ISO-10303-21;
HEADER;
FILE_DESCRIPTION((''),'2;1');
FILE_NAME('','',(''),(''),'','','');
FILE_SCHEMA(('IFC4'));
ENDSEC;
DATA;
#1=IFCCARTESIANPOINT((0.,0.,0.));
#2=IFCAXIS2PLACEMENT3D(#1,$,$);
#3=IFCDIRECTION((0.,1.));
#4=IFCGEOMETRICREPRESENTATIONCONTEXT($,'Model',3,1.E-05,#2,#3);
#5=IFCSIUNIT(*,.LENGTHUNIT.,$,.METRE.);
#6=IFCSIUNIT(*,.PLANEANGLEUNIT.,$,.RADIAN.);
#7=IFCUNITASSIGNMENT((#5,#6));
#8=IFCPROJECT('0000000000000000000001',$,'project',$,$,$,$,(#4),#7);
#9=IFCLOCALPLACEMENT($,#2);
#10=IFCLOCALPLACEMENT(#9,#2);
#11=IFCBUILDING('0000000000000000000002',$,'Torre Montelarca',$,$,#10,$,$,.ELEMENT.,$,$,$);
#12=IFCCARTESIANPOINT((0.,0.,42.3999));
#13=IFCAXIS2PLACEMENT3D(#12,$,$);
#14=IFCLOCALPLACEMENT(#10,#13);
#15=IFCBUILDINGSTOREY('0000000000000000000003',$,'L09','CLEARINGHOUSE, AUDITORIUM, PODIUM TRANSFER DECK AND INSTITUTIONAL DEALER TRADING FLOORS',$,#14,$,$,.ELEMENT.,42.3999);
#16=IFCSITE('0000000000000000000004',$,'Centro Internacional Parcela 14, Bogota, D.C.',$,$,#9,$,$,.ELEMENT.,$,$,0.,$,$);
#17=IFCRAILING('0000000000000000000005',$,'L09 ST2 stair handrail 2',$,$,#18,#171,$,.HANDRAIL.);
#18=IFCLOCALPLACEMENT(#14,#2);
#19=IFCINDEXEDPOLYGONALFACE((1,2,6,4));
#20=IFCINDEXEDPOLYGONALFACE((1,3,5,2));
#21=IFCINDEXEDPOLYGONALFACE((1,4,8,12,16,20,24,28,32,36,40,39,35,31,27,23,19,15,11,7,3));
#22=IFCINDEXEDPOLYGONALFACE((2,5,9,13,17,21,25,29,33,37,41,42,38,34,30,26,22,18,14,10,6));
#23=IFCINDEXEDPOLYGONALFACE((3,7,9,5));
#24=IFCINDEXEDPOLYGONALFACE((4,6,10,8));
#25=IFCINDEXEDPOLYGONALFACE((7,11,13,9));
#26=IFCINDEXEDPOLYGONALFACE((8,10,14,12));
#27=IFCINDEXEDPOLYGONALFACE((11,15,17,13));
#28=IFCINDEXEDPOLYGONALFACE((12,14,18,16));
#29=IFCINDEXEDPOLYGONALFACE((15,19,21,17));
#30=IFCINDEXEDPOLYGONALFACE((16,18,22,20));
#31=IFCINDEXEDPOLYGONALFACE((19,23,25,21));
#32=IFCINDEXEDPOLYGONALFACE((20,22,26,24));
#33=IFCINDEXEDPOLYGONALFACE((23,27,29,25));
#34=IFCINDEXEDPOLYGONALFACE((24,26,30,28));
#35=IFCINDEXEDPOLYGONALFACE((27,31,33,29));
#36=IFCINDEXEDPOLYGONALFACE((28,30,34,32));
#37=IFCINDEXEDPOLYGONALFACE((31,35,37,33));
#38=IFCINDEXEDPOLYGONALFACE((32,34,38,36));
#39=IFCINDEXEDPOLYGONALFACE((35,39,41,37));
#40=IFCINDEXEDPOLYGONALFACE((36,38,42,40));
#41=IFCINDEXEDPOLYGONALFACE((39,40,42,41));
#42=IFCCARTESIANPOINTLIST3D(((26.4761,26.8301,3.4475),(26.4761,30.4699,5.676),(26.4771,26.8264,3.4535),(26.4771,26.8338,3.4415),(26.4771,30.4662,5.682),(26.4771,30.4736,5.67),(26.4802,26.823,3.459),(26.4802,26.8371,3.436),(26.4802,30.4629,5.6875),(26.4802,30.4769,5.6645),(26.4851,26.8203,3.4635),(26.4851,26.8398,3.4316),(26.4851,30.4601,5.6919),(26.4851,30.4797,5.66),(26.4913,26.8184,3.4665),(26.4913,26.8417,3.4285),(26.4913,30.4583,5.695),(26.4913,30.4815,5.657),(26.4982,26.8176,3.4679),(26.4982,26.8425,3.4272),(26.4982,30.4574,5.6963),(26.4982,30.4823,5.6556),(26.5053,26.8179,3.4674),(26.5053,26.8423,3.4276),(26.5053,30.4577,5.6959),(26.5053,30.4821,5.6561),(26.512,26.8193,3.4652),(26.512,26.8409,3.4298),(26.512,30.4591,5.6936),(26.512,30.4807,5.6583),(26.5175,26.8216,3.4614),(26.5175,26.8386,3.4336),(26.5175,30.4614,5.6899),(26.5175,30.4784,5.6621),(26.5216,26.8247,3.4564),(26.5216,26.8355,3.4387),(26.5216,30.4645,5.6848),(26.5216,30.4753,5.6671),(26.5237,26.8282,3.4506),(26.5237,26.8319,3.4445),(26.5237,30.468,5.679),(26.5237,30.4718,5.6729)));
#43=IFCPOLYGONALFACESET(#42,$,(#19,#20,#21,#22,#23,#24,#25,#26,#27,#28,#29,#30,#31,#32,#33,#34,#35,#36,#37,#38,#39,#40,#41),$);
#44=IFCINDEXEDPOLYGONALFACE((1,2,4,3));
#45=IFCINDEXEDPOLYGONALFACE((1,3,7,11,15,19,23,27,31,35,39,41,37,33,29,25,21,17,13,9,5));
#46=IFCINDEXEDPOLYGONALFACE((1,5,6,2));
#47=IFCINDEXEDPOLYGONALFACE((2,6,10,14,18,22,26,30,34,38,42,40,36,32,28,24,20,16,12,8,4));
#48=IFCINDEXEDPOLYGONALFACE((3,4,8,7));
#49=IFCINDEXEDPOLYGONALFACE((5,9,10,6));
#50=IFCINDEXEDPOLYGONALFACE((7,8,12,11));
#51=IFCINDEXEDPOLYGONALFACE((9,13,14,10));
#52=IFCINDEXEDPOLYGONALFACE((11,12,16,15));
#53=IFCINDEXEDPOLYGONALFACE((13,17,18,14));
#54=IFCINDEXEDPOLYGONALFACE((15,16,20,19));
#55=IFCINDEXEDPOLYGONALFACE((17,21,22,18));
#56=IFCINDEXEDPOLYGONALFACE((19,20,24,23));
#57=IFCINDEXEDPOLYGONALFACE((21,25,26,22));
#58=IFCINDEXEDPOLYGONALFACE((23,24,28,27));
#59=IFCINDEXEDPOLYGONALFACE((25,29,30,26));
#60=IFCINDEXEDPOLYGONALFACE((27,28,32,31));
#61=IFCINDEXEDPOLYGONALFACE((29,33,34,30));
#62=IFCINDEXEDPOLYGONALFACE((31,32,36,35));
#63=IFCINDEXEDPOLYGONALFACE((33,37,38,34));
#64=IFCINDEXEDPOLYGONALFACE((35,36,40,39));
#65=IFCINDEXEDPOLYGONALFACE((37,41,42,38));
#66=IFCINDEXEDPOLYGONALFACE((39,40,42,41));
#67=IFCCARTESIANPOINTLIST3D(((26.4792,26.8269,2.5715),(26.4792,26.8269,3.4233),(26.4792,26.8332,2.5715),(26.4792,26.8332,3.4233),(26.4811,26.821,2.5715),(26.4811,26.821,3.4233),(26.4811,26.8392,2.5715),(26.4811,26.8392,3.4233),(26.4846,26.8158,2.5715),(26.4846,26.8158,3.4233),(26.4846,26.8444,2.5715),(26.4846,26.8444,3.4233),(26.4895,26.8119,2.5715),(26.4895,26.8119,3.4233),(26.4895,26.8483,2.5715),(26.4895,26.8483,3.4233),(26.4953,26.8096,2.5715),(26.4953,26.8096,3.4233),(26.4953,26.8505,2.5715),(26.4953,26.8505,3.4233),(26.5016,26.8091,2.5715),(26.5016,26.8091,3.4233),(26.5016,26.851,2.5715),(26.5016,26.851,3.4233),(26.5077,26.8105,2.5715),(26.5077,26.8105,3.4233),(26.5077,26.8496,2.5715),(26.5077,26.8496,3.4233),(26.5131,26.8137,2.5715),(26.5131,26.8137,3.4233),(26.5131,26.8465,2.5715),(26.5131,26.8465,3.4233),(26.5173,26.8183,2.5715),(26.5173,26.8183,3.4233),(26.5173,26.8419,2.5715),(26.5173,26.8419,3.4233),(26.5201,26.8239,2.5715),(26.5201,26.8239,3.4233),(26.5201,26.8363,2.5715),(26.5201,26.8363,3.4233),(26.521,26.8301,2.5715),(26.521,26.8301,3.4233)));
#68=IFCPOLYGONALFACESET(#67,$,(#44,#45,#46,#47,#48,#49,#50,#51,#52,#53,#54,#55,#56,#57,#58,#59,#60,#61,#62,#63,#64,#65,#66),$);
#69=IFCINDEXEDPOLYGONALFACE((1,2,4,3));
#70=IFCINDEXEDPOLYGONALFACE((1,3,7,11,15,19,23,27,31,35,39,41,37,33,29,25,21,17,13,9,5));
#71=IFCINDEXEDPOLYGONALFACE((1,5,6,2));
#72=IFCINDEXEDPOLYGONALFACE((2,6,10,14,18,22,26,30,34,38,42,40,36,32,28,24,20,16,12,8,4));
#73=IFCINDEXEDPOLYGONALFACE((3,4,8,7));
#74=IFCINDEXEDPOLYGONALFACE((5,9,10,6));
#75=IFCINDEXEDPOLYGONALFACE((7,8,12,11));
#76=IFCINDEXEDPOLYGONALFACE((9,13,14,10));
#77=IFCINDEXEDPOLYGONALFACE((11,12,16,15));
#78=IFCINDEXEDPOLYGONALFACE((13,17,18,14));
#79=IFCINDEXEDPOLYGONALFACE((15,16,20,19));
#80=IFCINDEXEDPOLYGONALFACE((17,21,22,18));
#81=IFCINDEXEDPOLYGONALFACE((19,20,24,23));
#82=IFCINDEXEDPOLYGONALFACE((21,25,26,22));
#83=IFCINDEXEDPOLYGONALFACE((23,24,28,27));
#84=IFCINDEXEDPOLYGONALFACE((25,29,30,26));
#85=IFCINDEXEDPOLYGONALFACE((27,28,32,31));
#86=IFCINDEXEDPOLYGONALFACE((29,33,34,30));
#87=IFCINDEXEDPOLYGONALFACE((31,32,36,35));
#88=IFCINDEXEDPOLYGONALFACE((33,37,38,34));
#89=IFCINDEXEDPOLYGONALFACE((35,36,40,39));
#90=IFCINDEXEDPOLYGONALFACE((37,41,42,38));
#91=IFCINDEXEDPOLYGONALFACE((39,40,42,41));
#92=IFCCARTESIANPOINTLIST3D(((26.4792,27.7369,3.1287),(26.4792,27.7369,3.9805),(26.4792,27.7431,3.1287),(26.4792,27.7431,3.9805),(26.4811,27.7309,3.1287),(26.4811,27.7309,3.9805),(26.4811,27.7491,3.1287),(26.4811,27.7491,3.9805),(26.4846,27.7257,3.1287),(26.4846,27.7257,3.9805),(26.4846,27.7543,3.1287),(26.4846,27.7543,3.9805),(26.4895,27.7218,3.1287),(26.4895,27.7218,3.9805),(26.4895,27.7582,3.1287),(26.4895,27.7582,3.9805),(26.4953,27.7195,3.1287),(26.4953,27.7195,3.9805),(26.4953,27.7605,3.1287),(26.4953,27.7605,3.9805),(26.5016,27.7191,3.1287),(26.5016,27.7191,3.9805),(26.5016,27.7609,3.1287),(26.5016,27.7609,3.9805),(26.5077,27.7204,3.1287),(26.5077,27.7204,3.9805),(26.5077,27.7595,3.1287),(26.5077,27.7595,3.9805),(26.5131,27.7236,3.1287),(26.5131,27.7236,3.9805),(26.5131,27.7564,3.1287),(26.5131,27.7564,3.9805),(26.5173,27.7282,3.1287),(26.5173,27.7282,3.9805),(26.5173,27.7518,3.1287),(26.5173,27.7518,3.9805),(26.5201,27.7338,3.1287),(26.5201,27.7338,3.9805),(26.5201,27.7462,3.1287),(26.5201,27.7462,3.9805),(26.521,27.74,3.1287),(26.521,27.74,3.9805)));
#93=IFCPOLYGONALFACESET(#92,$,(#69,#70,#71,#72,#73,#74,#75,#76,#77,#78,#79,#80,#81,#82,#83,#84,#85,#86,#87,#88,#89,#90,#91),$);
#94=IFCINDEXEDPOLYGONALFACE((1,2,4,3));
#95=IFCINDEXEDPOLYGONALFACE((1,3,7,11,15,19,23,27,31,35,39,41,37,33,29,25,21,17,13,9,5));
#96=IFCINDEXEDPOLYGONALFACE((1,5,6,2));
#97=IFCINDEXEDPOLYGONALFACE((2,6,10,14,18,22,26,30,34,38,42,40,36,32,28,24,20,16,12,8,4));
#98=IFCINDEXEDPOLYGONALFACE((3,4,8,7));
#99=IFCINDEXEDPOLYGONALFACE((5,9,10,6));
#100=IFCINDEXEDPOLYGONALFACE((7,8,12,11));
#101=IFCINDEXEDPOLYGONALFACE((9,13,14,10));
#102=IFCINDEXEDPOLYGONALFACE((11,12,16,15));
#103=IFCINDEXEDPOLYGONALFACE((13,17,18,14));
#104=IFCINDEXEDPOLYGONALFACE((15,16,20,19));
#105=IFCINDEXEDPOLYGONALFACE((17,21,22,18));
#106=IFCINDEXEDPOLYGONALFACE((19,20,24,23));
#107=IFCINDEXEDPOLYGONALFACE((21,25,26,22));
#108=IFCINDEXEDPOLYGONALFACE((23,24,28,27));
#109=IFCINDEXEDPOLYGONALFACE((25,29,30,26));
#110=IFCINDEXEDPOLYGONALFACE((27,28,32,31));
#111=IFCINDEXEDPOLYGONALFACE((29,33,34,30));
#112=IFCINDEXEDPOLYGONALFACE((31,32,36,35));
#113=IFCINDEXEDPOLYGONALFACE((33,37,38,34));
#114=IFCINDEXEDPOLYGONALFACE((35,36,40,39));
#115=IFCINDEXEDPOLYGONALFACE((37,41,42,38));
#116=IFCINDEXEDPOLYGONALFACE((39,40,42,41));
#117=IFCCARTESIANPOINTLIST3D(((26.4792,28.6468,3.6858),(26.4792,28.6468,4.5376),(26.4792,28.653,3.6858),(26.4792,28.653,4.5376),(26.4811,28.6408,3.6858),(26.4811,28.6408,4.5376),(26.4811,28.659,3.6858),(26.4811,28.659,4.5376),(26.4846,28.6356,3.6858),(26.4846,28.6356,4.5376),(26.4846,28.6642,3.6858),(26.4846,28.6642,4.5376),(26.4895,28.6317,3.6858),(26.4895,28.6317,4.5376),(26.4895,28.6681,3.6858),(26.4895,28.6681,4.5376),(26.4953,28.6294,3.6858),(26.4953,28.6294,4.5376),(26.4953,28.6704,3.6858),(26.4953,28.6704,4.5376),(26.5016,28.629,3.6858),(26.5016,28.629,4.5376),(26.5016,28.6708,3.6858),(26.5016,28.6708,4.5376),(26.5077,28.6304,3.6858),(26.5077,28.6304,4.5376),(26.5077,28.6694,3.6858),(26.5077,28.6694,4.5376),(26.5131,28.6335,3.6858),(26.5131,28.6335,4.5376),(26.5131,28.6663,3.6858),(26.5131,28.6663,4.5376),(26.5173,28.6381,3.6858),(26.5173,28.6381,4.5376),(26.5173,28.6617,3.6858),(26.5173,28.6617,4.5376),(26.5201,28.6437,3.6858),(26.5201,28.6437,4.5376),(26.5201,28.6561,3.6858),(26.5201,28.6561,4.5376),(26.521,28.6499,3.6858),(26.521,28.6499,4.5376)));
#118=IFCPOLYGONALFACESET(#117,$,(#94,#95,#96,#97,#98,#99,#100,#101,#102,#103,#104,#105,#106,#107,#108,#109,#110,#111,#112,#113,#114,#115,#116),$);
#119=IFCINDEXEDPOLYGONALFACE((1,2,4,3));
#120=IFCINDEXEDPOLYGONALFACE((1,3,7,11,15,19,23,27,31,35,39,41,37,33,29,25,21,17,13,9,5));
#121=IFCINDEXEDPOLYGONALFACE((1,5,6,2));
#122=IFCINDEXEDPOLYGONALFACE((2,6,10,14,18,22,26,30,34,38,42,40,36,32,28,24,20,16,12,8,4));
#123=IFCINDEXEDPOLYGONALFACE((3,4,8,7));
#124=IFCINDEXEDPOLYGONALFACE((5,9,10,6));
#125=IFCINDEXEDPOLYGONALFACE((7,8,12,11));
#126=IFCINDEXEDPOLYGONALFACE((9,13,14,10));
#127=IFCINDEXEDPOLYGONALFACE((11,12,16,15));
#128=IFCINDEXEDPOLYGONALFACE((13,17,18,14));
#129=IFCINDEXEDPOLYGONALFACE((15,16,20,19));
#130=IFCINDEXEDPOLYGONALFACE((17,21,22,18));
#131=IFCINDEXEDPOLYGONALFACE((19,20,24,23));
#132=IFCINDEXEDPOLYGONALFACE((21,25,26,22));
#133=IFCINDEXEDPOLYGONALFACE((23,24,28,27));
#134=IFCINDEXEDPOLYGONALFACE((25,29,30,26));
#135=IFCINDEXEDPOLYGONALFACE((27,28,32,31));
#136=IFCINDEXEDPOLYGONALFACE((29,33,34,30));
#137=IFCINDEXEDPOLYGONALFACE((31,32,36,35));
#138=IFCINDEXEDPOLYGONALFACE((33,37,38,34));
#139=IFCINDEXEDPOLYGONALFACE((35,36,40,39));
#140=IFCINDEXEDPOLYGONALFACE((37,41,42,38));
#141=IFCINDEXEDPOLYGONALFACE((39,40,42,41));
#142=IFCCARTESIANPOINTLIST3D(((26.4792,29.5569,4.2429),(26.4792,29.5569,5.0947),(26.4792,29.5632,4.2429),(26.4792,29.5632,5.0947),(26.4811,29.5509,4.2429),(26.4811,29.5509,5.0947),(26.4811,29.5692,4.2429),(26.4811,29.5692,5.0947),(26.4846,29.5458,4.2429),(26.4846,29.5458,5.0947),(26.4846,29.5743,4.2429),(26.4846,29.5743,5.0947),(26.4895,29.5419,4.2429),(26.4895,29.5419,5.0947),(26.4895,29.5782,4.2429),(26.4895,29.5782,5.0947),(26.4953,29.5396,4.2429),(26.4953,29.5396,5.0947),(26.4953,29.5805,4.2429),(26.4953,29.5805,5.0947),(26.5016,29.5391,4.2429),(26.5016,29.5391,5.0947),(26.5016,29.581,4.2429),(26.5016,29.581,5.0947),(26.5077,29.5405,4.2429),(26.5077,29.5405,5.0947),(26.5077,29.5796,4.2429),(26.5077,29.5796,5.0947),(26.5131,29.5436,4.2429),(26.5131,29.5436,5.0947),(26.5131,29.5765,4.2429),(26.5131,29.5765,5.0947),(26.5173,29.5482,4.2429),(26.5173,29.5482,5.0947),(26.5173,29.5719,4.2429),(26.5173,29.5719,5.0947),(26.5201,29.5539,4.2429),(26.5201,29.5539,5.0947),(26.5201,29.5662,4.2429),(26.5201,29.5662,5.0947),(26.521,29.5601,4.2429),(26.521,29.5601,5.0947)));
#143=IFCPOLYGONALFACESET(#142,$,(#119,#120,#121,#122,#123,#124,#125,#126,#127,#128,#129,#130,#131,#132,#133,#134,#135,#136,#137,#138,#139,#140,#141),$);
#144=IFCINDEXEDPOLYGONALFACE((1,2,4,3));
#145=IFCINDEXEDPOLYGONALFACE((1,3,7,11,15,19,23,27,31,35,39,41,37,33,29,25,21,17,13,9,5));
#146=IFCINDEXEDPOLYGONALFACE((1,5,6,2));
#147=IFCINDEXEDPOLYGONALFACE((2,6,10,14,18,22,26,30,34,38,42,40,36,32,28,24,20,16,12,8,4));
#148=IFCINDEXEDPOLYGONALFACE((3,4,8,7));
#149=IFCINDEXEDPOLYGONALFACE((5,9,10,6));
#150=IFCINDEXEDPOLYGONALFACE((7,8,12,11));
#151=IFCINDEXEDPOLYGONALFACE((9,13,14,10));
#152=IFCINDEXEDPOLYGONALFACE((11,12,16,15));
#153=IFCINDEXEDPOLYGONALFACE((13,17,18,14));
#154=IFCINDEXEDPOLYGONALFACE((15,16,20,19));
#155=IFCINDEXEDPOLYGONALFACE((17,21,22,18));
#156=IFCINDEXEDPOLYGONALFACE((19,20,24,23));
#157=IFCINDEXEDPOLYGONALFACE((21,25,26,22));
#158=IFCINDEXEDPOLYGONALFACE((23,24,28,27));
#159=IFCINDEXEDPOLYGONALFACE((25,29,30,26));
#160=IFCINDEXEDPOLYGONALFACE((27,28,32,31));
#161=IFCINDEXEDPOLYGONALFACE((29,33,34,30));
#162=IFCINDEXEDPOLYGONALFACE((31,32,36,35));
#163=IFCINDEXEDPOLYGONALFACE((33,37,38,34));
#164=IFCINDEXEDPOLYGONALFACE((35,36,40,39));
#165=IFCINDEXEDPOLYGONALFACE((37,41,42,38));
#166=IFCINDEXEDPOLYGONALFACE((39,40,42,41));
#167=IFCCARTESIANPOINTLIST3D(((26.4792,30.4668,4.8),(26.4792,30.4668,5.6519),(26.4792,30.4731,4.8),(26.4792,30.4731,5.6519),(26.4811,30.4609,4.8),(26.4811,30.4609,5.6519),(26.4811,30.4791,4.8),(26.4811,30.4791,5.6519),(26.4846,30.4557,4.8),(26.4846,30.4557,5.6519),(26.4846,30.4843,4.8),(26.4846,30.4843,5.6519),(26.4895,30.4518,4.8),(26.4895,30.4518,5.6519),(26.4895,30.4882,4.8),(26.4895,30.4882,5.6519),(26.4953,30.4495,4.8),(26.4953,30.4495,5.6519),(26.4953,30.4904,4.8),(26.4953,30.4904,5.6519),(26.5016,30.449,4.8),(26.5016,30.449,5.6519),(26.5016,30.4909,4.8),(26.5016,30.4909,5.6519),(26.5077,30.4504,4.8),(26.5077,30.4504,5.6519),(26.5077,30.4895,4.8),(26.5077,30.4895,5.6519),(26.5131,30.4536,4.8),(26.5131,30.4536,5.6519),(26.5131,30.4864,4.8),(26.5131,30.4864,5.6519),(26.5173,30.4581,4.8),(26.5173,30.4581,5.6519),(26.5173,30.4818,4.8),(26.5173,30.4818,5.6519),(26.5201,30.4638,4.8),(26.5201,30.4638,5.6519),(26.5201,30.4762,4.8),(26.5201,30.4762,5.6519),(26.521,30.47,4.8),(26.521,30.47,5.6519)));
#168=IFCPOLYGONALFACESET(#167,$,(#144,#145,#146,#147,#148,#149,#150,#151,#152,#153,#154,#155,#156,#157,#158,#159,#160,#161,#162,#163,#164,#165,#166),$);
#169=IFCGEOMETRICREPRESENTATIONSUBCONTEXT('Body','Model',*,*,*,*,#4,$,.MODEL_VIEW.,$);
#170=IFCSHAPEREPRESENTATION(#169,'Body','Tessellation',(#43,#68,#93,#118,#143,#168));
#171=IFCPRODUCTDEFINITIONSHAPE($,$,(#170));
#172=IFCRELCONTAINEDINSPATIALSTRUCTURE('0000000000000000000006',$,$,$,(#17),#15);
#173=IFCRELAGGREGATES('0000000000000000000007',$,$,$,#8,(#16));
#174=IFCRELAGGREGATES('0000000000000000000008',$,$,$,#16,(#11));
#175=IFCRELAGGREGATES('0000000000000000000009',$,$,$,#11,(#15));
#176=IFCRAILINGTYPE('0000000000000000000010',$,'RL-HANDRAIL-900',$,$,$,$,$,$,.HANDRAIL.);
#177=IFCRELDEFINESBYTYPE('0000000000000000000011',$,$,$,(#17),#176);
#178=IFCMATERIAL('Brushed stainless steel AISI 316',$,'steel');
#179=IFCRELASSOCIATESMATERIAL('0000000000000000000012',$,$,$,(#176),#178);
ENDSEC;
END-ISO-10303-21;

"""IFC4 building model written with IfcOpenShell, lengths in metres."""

from ifc_helpers import new_model, si_unit, direction, frame, origin, origin_2d, place, context, subcontext, project, spatial, circle, extrude, material, type_object, element, save


model = new_model("IFC4")

# Units and contexts
model_context = context("Model", 3, precision=1e-05, world=origin(), true_north=direction((0.0, 1.0)))
body_context = subcontext(model_context, "Body", "Model", "MODEL_VIEW")
ifc_project = project(units=[si_unit("LENGTHUNIT", "METRE"), si_unit("PLANEANGLEUNIT", "RADIAN")], contexts=[model_context])

# Site, building, storey
site_placement = place(None, origin())
site = spatial("IfcSite", under=ifc_project, at=site_placement, Name="Centro Internacional Parcela 14, Bogota, D.C.", CompositionType="ELEMENT", RefElevation=0.0)
building_placement = place(site_placement, origin())
building = spatial("IfcBuilding", under=site, at=building_placement, Name="Torre Montelarca", CompositionType="ELEMENT")
storey_placement = place(building_placement, frame((0.0, 0.0, 42.3999)))
storey = spatial("IfcBuildingStorey", under=building, at=storey_placement, Name="L09", Description="CLEARINGHOUSE, AUDITORIUM, PODIUM TRANSFER DECK AND INSTITUTIONAL DEALER TRADING FLOORS", CompositionType="ELEMENT", Elevation=42.3999)

# Shared definitions
ifc_material_1 = material(Name="Brushed stainless steel AISI 316", Category="steel")

# Railing
railing_type_1 = type_object("IfcRailingType", Name="RL-HANDRAIL-900", PredefinedType="HANDRAIL", material=ifc_material_1)
railing_1_placement = place(storey_placement, frame((26.5, 26.8301, 2.5715)))
element("IfcRailing", 1, at=railing_1_placement, inside=storey, type_object=railing_type_1, Name="L09 ST2 stair handrail 2", PredefinedType="HANDRAIL", context=body_context, shape_type="SweptSolid", body=[
    extrude(circle(Radius=0.0239, at=origin_2d()), frame((0.0, 0.0, 0.876), z_axis=(0.0, 0.85285, 0.522156), x_axis=(-1.0, 0.0, 0.0)), (0.0, 0.0, 1.0), 4.2678),
    extrude(circle(Radius=0.021, at=origin_2d()), origin(), (0.0, 0.0, 1.0), 0.8518),
    extrude(circle(Radius=0.021, at=origin_2d()), frame((0.0, 0.9099, 0.5571)), (0.0, 0.0, 1.0), 0.8518),
    extrude(circle(Radius=0.021, at=origin_2d()), frame((0.0, 1.8198, 1.1143)), (0.0, 0.0, 1.0), 0.8518),
    extrude(circle(Radius=0.021, at=origin_2d()), frame((0.0, 2.73, 1.6714)), (0.0, 0.0, 1.0), 0.8518),
    extrude(circle(Radius=0.021, at=origin_2d()), frame((0.0, 3.6399, 2.2285)), (0.0, 0.0, 1.0), 0.8518),
])

save(model, "model.ifc")
